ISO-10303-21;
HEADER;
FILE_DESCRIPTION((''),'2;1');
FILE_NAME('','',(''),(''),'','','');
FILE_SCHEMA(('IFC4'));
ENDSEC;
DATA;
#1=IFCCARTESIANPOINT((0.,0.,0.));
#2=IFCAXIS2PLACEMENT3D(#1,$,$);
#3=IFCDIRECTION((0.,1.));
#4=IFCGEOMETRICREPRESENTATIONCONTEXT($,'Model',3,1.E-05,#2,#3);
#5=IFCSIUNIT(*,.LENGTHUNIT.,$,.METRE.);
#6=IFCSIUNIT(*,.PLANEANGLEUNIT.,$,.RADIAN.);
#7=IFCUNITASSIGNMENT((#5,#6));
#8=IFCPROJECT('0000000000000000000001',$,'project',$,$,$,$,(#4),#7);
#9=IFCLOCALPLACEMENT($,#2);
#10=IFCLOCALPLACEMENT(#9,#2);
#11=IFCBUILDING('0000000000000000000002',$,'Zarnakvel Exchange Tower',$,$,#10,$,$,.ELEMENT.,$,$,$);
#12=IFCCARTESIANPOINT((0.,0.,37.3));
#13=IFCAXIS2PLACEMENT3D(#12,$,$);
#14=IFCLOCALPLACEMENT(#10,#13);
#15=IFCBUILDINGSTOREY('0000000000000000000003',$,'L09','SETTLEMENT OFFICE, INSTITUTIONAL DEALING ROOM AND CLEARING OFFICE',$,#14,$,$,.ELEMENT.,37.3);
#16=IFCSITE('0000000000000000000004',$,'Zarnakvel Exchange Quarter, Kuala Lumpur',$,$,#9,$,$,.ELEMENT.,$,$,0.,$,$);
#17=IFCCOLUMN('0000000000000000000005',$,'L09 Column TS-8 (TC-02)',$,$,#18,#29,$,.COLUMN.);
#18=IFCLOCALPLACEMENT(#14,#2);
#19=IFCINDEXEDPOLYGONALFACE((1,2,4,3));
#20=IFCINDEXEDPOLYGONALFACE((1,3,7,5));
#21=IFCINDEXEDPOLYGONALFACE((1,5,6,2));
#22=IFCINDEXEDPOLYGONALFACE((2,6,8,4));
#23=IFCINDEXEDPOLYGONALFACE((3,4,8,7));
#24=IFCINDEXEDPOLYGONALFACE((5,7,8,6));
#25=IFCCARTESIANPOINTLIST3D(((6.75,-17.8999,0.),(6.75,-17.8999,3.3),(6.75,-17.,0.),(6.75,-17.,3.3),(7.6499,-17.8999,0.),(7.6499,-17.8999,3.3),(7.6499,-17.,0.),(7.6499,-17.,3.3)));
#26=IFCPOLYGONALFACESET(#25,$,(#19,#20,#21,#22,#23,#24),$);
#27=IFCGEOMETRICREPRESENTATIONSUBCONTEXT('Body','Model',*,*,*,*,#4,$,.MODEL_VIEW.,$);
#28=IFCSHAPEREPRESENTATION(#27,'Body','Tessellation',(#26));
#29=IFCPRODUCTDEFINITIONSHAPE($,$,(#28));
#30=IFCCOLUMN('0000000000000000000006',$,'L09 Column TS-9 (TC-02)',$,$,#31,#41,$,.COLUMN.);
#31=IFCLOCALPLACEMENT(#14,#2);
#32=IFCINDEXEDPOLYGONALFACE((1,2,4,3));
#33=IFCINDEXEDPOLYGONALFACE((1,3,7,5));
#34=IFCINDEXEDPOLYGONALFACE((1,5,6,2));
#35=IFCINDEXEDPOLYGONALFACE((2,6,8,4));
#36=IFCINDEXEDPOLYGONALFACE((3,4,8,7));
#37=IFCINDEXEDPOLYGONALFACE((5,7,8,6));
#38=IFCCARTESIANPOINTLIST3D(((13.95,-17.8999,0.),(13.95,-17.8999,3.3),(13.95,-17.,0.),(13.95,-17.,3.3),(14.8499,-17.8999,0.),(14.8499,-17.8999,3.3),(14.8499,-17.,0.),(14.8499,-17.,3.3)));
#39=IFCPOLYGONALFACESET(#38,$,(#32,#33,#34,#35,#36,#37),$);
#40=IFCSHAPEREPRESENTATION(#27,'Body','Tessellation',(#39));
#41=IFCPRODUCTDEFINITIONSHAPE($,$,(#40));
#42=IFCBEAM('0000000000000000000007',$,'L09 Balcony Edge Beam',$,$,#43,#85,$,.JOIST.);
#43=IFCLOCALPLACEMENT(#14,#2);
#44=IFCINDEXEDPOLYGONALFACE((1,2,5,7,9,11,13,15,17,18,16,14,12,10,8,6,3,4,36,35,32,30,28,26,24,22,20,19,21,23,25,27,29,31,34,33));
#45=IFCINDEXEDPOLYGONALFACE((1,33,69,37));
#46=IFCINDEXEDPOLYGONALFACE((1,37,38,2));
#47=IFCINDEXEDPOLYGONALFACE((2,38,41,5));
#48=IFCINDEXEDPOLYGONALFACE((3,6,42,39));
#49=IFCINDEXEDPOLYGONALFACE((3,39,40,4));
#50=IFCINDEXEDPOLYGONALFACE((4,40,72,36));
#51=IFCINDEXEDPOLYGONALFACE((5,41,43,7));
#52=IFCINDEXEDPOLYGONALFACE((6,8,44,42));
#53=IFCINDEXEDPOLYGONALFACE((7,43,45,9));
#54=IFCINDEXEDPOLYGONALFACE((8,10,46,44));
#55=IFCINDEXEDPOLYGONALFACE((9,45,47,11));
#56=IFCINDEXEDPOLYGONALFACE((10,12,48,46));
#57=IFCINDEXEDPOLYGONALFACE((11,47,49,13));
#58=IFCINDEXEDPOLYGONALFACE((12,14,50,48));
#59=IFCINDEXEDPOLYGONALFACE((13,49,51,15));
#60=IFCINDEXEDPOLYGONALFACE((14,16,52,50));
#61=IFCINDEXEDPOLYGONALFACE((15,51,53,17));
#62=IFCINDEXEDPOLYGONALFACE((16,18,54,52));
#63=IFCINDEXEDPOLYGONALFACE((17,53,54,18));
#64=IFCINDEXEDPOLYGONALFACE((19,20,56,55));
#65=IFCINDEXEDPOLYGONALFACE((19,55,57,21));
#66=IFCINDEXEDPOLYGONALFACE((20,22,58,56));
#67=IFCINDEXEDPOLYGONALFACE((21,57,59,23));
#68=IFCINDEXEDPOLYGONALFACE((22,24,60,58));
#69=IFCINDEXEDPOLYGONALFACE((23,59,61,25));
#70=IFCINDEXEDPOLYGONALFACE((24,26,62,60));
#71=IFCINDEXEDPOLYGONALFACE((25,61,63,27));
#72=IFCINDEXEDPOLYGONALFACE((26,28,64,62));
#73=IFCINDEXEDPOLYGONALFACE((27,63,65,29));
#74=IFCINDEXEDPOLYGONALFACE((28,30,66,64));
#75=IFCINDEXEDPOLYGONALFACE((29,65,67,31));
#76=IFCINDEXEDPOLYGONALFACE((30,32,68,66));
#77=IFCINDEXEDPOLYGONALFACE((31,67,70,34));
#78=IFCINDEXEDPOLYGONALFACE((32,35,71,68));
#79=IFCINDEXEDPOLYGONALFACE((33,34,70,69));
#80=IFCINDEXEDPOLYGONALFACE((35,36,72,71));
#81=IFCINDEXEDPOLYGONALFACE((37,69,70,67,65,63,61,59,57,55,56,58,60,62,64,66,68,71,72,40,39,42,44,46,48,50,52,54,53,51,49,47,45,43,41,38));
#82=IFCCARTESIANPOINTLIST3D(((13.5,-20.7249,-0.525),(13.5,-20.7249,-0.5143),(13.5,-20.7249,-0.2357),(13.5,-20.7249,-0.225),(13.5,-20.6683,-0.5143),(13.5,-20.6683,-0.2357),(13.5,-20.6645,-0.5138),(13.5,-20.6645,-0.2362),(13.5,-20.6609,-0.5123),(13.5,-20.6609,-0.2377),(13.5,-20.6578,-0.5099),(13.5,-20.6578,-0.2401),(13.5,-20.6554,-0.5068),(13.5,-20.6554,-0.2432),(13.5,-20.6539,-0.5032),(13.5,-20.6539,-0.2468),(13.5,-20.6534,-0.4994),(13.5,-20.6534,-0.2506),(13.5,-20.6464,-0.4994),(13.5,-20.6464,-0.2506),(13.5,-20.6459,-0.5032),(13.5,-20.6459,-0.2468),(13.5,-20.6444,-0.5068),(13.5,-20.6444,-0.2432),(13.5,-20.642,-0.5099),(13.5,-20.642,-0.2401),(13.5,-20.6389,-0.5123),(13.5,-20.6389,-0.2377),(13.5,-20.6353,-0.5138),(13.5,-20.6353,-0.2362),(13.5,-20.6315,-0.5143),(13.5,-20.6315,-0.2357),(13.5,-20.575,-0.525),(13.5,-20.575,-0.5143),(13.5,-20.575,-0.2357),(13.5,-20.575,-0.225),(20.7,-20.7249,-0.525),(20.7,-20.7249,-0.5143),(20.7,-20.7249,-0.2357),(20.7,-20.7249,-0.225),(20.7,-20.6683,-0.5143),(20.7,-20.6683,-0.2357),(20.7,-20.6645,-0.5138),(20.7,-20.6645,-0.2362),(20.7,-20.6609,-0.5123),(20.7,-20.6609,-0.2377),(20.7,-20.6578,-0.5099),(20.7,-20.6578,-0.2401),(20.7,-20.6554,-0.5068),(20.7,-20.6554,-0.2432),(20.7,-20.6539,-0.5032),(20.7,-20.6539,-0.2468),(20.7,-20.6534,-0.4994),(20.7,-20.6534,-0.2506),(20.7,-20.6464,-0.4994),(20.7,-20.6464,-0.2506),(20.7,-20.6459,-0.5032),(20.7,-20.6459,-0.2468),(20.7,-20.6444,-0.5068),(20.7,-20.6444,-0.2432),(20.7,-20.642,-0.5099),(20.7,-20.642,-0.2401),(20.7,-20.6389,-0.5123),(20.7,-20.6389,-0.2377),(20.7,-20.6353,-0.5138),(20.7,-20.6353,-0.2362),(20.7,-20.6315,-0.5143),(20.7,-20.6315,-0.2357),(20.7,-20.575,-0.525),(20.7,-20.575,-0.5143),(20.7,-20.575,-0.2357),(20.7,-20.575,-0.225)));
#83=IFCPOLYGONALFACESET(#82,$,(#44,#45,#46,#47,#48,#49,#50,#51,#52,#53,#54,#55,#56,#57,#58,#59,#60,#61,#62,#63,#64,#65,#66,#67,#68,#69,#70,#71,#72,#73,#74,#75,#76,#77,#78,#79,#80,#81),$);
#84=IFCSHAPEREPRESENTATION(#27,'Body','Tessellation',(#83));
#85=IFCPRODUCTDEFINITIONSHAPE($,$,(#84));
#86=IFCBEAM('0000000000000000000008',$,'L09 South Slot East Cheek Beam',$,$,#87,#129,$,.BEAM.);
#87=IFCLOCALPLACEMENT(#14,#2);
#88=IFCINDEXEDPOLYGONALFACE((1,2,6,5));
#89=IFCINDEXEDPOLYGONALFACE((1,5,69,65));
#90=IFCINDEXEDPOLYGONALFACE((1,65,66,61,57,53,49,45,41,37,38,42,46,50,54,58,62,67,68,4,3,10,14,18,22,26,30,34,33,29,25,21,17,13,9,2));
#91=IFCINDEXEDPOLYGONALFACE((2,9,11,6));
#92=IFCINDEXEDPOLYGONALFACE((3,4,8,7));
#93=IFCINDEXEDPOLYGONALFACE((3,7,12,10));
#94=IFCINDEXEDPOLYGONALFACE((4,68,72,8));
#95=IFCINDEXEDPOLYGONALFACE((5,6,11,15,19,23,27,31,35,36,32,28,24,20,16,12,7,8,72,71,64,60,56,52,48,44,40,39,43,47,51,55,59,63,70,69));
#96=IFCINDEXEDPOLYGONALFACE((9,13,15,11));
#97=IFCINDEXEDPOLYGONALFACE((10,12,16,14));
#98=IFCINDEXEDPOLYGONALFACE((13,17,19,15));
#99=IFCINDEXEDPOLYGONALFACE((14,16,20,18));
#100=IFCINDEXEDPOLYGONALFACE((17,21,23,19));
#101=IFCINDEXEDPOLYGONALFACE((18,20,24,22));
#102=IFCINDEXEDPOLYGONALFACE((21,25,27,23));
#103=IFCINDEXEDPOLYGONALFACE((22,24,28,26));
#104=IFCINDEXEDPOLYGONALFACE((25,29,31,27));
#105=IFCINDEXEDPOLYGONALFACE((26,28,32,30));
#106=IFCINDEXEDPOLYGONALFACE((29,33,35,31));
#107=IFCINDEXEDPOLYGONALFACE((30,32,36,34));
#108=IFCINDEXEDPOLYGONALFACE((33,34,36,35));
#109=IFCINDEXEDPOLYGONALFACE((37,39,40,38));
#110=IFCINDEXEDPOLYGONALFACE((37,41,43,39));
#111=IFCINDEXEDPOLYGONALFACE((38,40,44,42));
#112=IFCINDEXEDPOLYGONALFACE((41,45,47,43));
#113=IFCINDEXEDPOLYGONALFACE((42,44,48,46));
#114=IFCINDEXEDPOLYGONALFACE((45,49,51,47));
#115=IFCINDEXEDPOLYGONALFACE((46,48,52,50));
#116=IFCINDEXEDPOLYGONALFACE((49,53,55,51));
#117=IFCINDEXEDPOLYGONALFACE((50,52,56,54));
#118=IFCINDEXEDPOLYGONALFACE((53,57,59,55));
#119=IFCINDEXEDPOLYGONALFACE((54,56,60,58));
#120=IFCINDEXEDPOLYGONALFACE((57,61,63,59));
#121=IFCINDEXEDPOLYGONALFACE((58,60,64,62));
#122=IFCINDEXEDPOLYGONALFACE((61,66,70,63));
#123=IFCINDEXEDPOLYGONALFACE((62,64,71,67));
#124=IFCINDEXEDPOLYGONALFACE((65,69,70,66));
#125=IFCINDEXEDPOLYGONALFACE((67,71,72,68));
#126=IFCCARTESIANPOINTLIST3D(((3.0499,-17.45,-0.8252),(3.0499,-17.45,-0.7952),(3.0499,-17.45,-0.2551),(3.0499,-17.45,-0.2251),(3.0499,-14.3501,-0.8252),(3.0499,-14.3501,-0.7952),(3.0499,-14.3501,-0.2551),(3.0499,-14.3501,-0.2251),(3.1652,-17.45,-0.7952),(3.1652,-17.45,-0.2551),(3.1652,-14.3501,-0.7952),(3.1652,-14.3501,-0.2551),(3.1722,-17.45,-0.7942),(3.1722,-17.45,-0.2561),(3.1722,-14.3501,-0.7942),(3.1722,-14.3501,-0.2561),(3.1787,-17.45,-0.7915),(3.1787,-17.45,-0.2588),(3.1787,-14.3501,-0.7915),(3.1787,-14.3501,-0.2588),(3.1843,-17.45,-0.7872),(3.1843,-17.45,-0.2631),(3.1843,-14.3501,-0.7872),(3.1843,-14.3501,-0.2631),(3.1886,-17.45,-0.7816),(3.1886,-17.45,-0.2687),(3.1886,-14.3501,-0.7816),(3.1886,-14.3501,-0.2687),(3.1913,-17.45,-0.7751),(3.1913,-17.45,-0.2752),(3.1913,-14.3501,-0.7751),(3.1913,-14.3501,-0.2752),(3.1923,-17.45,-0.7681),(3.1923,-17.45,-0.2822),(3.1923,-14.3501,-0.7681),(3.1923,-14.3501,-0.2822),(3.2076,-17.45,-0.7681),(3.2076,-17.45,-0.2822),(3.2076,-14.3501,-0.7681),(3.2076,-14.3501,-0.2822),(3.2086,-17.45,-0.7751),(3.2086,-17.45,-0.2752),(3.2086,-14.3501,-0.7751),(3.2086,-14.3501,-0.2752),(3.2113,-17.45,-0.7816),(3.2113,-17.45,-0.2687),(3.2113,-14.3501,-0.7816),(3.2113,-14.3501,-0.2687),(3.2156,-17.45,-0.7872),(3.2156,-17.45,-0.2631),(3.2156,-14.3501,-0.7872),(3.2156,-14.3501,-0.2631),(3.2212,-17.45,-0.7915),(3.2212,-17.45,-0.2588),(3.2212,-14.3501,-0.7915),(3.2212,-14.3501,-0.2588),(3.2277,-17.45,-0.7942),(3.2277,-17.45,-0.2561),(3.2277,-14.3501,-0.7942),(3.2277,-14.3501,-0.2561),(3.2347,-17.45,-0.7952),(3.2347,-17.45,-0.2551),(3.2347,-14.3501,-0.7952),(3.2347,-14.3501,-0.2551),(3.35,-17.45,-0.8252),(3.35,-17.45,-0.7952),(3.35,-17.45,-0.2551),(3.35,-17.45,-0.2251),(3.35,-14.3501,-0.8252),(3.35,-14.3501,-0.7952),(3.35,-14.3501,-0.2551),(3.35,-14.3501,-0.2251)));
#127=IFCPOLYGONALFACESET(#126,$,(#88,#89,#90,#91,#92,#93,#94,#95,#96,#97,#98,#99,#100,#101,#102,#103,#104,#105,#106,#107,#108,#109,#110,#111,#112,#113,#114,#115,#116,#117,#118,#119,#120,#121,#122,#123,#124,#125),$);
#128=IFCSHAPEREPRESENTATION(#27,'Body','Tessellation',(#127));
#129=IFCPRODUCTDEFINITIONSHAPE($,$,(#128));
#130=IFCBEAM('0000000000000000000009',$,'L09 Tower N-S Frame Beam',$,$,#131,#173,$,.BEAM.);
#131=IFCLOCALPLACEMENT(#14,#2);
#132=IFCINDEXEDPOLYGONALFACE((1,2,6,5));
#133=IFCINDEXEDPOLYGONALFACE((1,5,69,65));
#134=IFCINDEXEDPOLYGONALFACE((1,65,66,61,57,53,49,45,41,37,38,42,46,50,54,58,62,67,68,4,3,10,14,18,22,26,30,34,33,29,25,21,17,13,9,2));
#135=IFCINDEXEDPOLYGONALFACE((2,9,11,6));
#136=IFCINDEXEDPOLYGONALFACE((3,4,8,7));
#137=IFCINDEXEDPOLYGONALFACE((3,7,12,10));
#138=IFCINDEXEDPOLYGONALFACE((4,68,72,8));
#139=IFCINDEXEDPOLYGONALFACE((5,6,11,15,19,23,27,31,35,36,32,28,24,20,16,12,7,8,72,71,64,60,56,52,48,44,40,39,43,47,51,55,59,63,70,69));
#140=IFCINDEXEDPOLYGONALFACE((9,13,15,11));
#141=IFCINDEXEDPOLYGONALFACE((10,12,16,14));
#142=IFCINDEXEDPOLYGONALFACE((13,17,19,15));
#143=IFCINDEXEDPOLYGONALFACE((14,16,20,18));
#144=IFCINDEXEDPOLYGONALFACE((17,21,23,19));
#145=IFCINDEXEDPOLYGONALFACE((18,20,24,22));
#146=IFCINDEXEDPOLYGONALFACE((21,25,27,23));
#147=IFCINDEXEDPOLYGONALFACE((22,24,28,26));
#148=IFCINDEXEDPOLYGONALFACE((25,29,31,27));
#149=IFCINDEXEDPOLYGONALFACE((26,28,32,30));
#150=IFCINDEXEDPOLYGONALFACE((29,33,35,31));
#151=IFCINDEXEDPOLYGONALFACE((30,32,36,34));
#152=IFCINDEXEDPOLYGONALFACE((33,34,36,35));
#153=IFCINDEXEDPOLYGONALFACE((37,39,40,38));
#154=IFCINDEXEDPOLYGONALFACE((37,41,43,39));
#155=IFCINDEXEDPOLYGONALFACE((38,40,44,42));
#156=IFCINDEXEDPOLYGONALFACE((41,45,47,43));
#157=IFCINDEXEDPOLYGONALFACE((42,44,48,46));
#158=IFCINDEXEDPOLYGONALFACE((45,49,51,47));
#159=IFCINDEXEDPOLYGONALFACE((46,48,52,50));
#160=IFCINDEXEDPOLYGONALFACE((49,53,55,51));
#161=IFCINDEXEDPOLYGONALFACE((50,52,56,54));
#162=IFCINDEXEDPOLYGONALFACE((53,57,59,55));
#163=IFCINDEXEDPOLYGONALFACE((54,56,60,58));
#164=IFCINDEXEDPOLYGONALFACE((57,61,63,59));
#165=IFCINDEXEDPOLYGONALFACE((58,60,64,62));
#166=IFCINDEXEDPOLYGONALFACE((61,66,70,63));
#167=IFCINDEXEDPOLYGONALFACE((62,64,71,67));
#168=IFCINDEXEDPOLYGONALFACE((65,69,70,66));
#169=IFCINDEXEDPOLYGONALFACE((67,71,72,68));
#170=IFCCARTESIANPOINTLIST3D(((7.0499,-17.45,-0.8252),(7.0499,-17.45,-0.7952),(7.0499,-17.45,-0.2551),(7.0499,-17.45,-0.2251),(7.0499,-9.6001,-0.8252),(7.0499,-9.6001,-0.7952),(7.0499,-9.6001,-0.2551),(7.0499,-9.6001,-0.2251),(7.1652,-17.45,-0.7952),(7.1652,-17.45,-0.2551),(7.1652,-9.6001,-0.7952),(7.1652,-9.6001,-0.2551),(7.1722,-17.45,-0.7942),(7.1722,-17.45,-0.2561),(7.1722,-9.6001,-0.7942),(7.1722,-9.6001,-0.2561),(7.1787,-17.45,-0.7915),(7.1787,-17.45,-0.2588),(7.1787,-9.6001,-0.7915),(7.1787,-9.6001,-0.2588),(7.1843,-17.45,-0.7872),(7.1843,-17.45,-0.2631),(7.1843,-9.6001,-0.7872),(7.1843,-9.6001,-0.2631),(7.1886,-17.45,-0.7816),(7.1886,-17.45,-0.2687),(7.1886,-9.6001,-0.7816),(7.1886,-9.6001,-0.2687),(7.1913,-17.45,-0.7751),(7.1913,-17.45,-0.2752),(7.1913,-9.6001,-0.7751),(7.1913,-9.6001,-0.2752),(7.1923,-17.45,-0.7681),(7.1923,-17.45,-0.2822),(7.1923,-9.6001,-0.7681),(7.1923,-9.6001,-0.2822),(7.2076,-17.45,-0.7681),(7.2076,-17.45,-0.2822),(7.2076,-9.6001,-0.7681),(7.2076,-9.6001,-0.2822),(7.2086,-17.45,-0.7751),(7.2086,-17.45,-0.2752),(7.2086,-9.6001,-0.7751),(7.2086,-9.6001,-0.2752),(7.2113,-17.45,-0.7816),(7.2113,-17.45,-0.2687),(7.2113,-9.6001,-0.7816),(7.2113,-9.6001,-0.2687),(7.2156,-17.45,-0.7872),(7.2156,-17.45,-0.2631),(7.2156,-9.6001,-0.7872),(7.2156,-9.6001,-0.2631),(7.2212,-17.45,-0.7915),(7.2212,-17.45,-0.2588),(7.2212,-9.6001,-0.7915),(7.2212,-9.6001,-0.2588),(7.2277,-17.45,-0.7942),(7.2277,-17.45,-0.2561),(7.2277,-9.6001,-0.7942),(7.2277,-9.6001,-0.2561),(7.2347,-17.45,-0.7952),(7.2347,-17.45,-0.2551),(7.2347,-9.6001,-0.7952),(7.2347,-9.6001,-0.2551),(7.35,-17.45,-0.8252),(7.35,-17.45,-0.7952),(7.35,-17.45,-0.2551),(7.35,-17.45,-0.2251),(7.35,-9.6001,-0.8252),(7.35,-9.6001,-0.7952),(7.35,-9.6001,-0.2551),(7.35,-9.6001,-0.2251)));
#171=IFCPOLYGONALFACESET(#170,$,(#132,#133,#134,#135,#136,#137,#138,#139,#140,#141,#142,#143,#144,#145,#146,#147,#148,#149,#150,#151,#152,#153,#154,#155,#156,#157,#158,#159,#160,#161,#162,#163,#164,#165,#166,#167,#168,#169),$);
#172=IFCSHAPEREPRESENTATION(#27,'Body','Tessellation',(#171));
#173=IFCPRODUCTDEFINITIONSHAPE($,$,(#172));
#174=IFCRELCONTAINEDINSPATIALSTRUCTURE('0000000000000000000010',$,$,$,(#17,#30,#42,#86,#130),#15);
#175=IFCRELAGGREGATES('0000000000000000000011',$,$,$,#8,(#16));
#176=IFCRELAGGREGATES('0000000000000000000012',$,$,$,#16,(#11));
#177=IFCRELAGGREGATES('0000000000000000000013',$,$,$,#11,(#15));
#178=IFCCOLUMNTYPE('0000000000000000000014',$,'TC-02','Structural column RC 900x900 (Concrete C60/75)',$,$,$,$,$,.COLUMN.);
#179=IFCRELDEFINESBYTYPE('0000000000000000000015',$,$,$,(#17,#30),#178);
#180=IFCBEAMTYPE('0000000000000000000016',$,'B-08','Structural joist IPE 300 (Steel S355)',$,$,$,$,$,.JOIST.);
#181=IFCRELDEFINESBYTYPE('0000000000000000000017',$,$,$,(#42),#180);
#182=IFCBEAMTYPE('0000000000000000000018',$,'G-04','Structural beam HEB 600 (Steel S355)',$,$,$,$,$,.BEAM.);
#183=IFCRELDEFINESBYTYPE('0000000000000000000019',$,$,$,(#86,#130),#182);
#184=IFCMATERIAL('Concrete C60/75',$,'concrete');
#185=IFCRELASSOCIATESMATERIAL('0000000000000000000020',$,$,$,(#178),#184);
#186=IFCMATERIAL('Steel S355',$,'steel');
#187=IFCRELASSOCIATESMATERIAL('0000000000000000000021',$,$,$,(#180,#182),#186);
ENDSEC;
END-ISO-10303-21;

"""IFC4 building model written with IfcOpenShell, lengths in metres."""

from ifc_helpers import new_model, si_unit, direction, frame, origin, origin_2d, place, context, subcontext, project, spatial, rectangle, i_section, extrude, material, material_profile, profile_set, type_object, element, save


model = new_model("IFC4")

# Units and contexts
model_context = context("Model", 3, precision=1e-05, world=origin(), true_north=direction((0.0, 1.0)))
body_context = subcontext(model_context, "Body", "Model", "MODEL_VIEW")
ifc_project = project(units=[si_unit("LENGTHUNIT", "METRE"), si_unit("PLANEANGLEUNIT", "RADIAN")], contexts=[model_context])

# Site, building, storey
site_placement = place(None, origin())
site = spatial("IfcSite", under=ifc_project, at=site_placement, Name="Zarnakvel Exchange Quarter, Kuala Lumpur", CompositionType="ELEMENT", RefElevation=0.0)
building_placement = place(site_placement, origin())
building = spatial("IfcBuilding", under=site, at=building_placement, Name="Zarnakvel Exchange Tower", CompositionType="ELEMENT")
storey_placement = place(building_placement, frame((0.0, 0.0, 37.3)))
storey = spatial("IfcBuildingStorey", under=building, at=storey_placement, Name="L09", Description="SETTLEMENT OFFICE, INSTITUTIONAL DEALING ROOM AND CLEARING OFFICE", CompositionType="ELEMENT", Elevation=37.3)

# Columns
ifc_material_1 = material(Name="Concrete C60/75", Category="concrete")
ifc_material_profile_1 = material_profile(ifc_material_1, rectangle(XDim=0.8999, YDim=0.8999, at=origin_2d()))
ifc_profile_set_1 = profile_set([ifc_material_profile_1], Name="Concrete C60/75")
column_type = type_object("IfcColumnType", Name="TC-02", Description="Structural column RC 900x900 (Concrete C60/75)", PredefinedType="COLUMN", material=ifc_profile_set_1)
for number, where, z_axis, x_axis, name in (
    (1, (7.2, -17.45, 0.0), (0.0, 0.0, 1.0), (1.0, 0.0, 0.0), "L09 Column TS-8 (TC-02)"),
    (2, (14.3999, -17.45, 0.0), (0.0, 0.0, 1.0), (1.0, 0.0, 0.0), "L09 Column TS-9 (TC-02)"),
):
    element("IfcColumn", number, at=place(storey_placement, frame(where, z_axis=z_axis, x_axis=x_axis)), inside=storey, type_object=column_type, Name=name, PredefinedType="COLUMN", context=body_context, shape_type="SweptSolid", body=[
        extrude(rectangle(XDim=0.8999, YDim=0.8999, at=origin_2d()), origin(), (0.0, 0.0, 1.0), 3.3),
    ])

# Beams
ifc_material_2 = material(Name="Steel S355", Category="steel")
ifc_material_profile_2 = material_profile(ifc_material_2, i_section(OverallWidth=0.1499, OverallDepth=0.3, WebThickness=0.0071, FlangeThickness=0.0107, FilletRadius=0.0149, at=origin_2d()))
ifc_profile_set_2 = profile_set([ifc_material_profile_2], Name="Steel S355")
beam_type_1 = type_object("IfcBeamType", Name="B-08", Description="Structural joist IPE 300 (Steel S355)", PredefinedType="JOIST", material=ifc_profile_set_2)
beam_1_placement = place(storey_placement, frame((13.5, -20.6499, -0.375), z_axis=(1.0, 0.0, 0.0), x_axis=(0.0, 1.0, 0.0)))
element("IfcBeam", 3, at=beam_1_placement, inside=storey, type_object=beam_type_1, Name="L09 Balcony Edge Beam", PredefinedType="JOIST", context=body_context, shape_type="SweptSolid", body=[
    extrude(i_section(OverallWidth=0.1499, OverallDepth=0.3, WebThickness=0.0071, FlangeThickness=0.0107, FilletRadius=0.0149, at=origin_2d()), origin(), (0.0, 0.0, 1.0), 7.2),
])
ifc_material_profile_3 = material_profile(ifc_material_2, i_section(OverallWidth=0.3, OverallDepth=0.6001, WebThickness=0.0154, FlangeThickness=0.03, FilletRadius=0.0271, at=origin_2d()))
ifc_profile_set_3 = profile_set([ifc_material_profile_3], Name="Steel S355")
beam_type_2 = type_object("IfcBeamType", Name="G-04", Description="Structural beam HEB 600 (Steel S355)", PredefinedType="BEAM", material=ifc_profile_set_3)
beam_2_placement = place(storey_placement, frame((3.2, -17.45, -0.5251), z_axis=(0.0, 1.0, 0.0), x_axis=(-1.0, 0.0, 0.0)))
element("IfcBeam", 4, at=beam_2_placement, inside=storey, type_object=beam_type_2, Name="L09 South Slot East Cheek Beam", PredefinedType="BEAM", context=body_context, shape_type="SweptSolid", body=[
    extrude(i_section(OverallWidth=0.3, OverallDepth=0.6001, WebThickness=0.0154, FlangeThickness=0.03, FilletRadius=0.0271, at=origin_2d()), origin(), (0.0, 0.0, 1.0), 3.0999),
])
beam_3_placement = place(storey_placement, frame((7.2, -17.45, -0.5251), z_axis=(0.0, 1.0, 0.0), x_axis=(-1.0, 0.0, 0.0)))
element("IfcBeam", 5, at=beam_3_placement, inside=storey, type_object=beam_type_2, Name="L09 Tower N-S Frame Beam", PredefinedType="BEAM", context=body_context, shape_type="SweptSolid", body=[
    extrude(i_section(OverallWidth=0.3, OverallDepth=0.6001, WebThickness=0.0154, FlangeThickness=0.03, FilletRadius=0.0271, at=origin_2d()), origin(), (0.0, 0.0, 1.0), 7.8499),
])

save(model, "model.ifc")
